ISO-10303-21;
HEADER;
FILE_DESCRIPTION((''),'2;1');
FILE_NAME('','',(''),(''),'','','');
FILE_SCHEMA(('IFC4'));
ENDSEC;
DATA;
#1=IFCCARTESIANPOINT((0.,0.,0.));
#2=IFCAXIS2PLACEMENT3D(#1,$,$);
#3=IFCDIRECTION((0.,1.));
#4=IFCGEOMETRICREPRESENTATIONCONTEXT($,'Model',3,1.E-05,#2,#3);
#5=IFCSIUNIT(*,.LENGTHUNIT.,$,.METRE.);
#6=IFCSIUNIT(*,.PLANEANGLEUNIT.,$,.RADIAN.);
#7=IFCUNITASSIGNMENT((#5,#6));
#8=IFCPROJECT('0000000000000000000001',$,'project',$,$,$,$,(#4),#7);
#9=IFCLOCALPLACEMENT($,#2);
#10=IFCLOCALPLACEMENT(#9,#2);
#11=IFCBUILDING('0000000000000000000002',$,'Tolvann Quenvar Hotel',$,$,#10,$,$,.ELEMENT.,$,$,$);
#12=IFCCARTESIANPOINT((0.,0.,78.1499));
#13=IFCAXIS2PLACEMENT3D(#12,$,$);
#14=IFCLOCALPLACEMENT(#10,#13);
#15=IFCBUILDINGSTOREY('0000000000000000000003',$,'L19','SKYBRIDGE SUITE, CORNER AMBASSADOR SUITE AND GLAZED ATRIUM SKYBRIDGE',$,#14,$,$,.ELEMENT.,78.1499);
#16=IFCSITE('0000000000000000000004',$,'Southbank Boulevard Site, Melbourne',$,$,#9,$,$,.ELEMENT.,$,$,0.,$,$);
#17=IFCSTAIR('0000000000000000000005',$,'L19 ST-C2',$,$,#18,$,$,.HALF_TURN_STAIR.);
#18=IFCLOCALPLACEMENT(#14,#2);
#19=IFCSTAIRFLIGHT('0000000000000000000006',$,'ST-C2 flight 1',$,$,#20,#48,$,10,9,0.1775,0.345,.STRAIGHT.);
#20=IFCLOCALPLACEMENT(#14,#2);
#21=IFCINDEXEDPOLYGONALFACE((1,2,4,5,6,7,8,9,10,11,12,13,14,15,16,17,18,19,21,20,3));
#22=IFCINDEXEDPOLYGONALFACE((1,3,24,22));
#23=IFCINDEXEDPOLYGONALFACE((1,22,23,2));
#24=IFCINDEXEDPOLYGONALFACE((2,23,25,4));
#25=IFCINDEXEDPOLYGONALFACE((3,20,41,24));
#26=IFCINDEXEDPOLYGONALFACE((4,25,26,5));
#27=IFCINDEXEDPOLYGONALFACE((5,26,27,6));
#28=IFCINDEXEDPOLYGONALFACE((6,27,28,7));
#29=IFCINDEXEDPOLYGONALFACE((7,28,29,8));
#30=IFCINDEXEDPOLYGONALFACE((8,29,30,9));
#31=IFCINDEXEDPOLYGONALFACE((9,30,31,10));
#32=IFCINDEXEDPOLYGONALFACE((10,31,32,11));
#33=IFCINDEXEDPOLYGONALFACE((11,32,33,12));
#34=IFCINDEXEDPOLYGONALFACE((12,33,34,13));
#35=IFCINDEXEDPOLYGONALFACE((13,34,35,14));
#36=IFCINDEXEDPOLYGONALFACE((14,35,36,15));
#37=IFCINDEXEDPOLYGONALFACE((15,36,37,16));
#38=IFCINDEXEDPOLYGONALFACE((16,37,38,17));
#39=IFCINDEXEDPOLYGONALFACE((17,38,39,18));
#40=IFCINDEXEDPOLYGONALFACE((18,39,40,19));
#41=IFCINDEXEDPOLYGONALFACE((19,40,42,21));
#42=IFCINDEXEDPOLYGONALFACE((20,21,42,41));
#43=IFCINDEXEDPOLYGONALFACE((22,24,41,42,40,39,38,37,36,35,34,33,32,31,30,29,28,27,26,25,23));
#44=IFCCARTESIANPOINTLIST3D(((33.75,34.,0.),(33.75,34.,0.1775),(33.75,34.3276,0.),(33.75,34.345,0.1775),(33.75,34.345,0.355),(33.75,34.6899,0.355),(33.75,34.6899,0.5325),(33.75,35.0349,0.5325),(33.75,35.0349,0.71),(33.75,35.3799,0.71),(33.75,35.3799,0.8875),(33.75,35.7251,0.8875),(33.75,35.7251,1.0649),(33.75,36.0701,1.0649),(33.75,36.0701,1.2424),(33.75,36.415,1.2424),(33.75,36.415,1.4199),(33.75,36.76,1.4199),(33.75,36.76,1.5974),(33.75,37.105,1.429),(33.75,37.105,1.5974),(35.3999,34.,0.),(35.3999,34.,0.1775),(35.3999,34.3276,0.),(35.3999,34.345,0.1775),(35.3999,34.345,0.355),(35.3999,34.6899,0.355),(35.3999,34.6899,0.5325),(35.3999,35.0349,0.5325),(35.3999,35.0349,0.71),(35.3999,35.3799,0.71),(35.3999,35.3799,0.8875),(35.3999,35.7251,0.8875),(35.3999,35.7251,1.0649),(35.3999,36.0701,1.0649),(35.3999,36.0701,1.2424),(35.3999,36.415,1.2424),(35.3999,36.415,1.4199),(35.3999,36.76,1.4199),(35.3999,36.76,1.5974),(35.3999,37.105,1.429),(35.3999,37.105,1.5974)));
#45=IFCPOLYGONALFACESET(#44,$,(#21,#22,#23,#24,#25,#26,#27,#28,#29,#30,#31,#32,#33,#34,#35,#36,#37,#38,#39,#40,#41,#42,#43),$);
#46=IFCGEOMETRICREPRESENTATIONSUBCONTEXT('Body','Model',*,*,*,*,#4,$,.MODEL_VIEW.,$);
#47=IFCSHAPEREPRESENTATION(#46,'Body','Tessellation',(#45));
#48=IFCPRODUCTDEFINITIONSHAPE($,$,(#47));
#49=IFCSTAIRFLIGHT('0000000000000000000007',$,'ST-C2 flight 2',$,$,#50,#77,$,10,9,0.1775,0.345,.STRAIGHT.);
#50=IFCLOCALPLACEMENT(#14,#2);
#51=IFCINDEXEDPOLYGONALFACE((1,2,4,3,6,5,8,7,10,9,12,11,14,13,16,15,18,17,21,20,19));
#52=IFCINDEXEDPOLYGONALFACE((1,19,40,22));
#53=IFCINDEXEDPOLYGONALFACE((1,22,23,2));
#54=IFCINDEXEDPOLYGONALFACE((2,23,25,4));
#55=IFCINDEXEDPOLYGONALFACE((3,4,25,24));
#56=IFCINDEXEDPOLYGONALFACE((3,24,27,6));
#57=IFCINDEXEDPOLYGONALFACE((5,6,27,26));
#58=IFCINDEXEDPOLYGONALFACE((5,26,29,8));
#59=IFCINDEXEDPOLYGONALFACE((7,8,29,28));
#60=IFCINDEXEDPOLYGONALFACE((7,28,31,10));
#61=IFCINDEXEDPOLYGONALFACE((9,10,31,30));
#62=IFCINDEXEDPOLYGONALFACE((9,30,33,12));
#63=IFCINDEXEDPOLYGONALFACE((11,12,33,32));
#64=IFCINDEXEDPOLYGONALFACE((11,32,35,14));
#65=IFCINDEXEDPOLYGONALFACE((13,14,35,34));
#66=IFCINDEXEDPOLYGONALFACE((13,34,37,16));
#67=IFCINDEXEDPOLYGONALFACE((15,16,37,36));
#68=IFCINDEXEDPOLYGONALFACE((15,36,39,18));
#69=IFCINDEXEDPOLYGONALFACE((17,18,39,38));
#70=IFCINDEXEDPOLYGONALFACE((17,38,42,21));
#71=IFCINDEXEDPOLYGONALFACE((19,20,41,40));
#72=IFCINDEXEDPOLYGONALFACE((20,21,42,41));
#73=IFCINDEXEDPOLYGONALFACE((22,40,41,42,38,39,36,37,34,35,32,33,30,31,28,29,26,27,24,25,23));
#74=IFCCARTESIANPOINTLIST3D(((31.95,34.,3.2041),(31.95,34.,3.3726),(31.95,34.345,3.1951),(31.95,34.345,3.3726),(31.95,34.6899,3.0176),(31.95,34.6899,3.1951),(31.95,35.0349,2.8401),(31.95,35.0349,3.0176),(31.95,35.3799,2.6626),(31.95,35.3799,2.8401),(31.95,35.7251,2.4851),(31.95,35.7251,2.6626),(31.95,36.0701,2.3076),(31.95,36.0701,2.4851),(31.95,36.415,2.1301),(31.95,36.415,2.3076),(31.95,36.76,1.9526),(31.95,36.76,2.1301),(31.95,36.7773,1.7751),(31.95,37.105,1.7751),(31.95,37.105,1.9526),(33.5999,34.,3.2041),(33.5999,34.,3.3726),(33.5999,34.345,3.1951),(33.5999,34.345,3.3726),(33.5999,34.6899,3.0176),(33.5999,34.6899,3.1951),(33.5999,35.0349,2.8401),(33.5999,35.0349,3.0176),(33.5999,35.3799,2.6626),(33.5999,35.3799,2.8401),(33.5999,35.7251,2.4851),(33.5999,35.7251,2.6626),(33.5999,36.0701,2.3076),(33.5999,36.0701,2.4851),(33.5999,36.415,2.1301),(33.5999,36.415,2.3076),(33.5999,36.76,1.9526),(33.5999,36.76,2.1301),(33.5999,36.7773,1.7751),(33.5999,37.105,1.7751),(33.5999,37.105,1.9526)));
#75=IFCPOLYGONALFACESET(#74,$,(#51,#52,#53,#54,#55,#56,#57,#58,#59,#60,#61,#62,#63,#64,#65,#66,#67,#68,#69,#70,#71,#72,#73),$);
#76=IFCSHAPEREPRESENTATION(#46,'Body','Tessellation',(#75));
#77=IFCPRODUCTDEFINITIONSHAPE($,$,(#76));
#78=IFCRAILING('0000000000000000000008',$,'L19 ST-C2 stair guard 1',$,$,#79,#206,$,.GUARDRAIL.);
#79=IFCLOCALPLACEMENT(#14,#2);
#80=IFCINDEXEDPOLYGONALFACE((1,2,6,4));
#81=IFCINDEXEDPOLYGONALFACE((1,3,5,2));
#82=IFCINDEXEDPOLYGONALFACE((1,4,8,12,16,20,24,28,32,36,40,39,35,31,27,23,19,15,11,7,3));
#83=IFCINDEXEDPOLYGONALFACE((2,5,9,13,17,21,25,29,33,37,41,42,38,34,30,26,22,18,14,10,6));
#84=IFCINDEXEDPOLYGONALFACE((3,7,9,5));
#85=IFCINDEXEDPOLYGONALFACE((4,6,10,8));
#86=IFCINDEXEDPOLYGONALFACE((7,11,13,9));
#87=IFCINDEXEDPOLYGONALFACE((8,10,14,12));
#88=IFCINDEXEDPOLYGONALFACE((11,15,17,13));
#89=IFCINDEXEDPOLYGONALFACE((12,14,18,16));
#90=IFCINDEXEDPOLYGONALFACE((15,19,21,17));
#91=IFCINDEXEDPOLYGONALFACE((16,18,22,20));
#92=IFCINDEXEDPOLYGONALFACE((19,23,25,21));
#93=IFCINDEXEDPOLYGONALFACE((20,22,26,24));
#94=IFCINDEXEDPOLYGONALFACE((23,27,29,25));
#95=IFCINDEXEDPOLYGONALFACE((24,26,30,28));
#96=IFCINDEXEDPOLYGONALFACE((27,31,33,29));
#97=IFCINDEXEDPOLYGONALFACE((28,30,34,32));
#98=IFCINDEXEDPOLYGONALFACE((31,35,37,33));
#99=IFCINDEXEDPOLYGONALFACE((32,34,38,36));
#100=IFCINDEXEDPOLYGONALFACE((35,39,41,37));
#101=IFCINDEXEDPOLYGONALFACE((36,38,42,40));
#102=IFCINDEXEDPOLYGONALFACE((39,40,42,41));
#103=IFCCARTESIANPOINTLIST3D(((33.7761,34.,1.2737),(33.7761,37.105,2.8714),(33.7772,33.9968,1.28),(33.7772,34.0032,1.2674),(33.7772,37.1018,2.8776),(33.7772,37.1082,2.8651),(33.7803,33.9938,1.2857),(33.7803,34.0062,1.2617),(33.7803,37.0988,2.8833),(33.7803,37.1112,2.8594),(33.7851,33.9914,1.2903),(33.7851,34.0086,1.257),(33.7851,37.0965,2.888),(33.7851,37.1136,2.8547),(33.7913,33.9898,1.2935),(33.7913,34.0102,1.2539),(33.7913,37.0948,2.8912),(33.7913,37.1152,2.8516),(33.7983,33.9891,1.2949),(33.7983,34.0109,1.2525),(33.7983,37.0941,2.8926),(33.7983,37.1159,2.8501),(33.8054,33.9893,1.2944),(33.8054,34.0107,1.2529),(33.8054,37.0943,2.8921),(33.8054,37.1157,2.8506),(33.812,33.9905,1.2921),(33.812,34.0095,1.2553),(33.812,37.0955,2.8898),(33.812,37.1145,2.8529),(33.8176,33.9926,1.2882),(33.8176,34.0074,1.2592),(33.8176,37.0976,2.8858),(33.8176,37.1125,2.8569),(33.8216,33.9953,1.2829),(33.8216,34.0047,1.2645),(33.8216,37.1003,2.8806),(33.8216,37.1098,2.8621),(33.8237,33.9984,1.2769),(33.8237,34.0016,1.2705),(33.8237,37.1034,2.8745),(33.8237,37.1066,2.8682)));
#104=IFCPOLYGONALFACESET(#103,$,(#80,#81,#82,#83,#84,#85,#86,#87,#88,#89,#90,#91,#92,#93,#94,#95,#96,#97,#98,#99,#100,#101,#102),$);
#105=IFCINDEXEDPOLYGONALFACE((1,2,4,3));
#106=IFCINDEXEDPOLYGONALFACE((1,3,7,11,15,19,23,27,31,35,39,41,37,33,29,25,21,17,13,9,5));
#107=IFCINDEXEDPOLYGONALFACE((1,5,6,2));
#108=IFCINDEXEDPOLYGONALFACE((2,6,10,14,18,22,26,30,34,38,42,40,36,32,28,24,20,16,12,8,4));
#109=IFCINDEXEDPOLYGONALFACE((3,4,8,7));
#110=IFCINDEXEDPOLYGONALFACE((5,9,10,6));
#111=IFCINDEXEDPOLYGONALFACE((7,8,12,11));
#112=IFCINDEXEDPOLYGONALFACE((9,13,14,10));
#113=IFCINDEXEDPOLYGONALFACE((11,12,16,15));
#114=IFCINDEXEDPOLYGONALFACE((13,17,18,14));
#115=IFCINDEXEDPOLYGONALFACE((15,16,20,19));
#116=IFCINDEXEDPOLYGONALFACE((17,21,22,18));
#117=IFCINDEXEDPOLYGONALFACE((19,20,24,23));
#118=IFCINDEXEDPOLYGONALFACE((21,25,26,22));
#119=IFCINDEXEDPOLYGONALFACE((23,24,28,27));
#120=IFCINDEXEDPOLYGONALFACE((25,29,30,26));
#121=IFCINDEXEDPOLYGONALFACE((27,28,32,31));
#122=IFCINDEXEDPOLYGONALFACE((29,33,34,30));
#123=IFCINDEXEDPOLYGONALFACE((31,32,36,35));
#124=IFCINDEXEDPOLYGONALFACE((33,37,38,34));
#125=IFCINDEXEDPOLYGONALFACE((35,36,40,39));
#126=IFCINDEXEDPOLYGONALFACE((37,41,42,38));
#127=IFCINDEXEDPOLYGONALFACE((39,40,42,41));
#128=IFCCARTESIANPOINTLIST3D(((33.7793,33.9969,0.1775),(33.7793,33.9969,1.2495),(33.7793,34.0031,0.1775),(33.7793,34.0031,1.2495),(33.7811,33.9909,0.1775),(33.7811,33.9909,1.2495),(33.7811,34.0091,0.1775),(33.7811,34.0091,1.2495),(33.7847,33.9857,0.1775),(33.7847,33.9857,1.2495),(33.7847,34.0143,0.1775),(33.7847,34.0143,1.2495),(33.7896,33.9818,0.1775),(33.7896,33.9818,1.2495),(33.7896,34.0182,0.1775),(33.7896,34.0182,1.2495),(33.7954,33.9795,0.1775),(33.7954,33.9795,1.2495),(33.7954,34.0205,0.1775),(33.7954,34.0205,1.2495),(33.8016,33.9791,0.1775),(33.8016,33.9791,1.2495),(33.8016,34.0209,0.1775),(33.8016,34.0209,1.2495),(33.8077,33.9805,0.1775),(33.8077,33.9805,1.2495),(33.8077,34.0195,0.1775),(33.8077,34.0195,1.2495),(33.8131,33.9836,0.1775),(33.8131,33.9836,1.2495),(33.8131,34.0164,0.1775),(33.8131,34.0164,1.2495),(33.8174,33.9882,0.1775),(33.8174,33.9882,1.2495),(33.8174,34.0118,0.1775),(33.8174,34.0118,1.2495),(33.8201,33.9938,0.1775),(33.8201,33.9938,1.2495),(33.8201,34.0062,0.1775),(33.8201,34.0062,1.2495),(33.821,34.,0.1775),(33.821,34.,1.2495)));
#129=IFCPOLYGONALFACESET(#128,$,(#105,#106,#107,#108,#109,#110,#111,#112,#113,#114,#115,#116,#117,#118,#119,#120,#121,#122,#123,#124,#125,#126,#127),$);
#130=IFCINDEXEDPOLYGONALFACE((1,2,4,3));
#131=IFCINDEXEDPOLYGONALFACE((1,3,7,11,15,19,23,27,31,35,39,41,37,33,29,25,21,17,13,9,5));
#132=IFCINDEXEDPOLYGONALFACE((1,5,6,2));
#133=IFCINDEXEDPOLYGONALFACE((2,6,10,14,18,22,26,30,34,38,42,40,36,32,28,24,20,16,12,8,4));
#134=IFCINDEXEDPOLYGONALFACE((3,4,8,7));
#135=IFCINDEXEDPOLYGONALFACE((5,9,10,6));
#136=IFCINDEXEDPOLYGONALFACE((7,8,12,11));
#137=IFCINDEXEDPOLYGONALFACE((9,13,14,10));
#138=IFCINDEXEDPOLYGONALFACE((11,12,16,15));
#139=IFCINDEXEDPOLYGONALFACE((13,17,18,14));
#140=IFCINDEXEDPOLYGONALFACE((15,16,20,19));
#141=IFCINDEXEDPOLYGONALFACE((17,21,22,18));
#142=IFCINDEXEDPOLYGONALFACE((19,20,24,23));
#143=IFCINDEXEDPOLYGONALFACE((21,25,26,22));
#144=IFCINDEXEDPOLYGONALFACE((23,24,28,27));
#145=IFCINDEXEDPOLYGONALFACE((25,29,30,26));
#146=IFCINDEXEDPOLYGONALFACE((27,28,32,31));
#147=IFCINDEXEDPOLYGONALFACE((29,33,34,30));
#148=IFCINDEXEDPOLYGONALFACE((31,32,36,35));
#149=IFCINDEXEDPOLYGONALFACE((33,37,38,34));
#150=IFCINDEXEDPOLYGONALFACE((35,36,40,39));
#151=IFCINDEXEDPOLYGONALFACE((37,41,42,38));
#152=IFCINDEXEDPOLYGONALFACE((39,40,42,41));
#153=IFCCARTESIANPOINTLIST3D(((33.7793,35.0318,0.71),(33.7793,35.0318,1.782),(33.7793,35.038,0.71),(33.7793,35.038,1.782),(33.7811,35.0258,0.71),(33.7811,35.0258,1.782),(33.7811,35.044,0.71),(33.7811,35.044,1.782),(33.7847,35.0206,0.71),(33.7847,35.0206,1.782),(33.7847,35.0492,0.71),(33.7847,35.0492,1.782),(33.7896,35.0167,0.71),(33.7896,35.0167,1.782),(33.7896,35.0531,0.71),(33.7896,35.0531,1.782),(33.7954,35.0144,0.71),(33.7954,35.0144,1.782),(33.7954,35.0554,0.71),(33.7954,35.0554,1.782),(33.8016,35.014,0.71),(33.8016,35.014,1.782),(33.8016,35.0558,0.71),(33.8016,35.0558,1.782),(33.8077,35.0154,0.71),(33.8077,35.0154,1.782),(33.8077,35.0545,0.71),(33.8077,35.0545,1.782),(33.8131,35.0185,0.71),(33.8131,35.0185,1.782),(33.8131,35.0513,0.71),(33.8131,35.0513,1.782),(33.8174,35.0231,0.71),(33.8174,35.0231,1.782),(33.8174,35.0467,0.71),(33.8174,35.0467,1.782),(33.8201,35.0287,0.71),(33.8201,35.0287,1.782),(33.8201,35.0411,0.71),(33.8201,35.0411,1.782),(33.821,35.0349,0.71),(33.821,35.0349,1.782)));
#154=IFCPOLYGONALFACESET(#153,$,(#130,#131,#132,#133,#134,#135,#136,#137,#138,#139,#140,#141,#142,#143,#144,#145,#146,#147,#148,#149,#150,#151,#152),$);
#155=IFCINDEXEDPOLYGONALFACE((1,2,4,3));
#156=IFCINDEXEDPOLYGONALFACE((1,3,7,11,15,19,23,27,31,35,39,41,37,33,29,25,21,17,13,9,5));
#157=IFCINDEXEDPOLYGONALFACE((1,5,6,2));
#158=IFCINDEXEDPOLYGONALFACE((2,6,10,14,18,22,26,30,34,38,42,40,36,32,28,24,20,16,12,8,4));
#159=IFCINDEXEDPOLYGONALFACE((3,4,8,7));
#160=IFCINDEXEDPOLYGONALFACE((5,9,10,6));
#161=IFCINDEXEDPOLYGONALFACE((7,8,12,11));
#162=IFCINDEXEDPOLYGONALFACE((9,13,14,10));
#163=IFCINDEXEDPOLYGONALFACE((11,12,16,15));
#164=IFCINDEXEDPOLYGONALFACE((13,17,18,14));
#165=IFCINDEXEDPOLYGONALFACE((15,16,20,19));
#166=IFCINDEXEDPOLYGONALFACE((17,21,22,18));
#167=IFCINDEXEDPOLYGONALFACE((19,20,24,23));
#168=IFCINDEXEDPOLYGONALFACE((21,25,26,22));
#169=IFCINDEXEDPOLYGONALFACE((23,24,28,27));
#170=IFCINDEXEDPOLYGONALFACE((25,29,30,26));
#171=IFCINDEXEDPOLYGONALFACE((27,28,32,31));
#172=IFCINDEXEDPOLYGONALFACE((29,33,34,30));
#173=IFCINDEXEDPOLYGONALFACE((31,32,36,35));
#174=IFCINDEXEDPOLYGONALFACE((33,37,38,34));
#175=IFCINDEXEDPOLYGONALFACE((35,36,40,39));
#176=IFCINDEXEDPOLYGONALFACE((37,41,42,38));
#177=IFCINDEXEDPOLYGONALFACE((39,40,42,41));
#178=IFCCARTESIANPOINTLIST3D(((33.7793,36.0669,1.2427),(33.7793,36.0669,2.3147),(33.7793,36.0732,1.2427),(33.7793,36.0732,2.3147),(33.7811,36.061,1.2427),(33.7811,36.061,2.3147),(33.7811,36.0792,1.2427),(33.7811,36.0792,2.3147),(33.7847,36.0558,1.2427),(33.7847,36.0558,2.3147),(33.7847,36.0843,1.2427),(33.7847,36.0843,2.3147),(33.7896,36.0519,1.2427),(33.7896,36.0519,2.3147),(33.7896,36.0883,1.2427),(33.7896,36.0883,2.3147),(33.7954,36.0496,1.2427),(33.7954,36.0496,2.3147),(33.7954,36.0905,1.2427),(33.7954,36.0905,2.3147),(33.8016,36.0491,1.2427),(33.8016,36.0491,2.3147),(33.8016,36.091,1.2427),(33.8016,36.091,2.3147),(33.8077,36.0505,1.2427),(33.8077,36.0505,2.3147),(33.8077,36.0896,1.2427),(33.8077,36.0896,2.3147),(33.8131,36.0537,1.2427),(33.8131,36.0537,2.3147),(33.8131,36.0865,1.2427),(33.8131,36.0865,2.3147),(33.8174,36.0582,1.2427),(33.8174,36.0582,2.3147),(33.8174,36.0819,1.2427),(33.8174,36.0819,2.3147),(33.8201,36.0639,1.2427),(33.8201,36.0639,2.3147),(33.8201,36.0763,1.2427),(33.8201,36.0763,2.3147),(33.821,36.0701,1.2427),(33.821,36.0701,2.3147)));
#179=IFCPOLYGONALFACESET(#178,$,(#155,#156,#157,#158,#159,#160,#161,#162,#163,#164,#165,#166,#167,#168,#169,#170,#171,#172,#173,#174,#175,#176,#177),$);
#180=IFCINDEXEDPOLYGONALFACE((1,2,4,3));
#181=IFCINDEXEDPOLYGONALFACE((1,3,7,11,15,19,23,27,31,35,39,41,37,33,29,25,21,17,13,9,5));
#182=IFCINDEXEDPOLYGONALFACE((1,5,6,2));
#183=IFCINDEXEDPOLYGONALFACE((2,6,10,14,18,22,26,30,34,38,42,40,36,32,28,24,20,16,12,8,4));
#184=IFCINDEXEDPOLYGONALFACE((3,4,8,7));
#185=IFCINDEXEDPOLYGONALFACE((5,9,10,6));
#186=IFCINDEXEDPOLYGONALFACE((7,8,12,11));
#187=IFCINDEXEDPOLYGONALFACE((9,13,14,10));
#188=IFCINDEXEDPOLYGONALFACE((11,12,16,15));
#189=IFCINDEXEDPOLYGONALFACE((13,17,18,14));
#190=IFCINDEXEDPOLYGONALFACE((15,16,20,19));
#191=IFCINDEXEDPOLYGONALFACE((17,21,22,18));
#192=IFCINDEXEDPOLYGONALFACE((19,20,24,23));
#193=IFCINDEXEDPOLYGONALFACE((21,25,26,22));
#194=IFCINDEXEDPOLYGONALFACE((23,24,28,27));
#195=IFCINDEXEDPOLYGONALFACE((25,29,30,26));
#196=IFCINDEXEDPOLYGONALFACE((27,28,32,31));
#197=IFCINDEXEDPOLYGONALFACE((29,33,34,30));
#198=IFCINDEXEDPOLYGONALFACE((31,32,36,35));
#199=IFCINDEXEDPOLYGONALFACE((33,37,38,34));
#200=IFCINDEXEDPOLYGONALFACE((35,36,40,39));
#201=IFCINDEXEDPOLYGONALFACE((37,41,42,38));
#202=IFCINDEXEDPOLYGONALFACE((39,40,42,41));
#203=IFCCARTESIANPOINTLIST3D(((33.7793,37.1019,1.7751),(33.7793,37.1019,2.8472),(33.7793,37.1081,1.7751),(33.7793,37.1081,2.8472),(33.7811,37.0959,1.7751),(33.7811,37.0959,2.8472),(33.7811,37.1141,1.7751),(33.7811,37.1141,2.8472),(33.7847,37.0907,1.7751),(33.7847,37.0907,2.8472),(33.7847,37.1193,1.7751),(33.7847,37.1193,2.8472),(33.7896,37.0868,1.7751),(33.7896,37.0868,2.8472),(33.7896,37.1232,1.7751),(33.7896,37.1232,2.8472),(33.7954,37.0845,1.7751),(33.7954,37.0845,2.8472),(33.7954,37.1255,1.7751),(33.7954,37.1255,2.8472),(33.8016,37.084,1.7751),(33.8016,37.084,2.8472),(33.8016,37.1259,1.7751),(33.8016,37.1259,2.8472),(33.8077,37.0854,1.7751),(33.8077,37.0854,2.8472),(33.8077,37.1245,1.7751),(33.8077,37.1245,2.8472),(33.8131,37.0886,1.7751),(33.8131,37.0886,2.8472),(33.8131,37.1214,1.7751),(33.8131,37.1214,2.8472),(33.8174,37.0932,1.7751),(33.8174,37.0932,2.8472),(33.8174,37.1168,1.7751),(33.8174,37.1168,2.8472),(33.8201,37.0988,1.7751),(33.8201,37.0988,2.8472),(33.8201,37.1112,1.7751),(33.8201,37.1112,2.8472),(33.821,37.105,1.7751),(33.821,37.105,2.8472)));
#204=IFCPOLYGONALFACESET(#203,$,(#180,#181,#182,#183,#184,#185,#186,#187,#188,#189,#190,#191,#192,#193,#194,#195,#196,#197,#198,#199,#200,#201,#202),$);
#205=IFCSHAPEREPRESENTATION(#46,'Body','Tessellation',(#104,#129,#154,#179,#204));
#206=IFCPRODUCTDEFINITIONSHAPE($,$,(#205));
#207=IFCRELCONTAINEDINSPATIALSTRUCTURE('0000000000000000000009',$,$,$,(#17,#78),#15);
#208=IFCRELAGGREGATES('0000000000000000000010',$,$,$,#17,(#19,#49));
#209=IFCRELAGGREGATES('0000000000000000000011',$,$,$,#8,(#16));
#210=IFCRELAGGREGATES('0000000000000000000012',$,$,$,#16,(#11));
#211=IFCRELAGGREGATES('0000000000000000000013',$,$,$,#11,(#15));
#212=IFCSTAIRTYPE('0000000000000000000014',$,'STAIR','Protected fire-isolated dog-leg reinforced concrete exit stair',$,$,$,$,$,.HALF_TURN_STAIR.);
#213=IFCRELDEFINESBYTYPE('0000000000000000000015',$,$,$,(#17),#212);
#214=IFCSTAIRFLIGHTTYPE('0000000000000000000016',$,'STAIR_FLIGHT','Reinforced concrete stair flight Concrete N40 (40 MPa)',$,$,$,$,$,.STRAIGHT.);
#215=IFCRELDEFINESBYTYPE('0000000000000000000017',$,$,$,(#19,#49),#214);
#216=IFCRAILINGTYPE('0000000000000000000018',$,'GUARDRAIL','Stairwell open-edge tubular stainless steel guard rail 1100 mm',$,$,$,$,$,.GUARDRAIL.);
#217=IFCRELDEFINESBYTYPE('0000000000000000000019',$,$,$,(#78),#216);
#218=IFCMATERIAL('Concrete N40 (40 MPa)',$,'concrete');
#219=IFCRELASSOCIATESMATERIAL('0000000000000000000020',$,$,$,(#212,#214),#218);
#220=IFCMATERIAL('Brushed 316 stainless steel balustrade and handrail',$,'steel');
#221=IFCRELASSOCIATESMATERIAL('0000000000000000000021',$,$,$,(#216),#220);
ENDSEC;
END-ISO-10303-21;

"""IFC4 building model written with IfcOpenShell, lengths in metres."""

from ifc_helpers import new_model, si_unit, direction, frame, origin, origin_2d, place, context, subcontext, project, spatial, polyline, circle, outline, extrude, material, type_object, element, aggregate, save


model = new_model("IFC4")

# Units and contexts
model_context = context("Model", 3, precision=1e-05, world=origin(), true_north=direction((0.0, 1.0)))
body_context = subcontext(model_context, "Body", "Model", "MODEL_VIEW")
ifc_project = project(units=[si_unit("LENGTHUNIT", "METRE"), si_unit("PLANEANGLEUNIT", "RADIAN")], contexts=[model_context])

# Site, building, storey
site_placement = place(None, origin())
site = spatial("IfcSite", under=ifc_project, at=site_placement, Name="Southbank Boulevard Site, Melbourne", CompositionType="ELEMENT", RefElevation=0.0)
building_placement = place(site_placement, origin())
building = spatial("IfcBuilding", under=site, at=building_placement, Name="Tolvann Quenvar Hotel", CompositionType="ELEMENT")
storey_placement = place(building_placement, frame((0.0, 0.0, 78.1499)))
storey = spatial("IfcBuildingStorey", under=building, at=storey_placement, Name="L19", Description="SKYBRIDGE SUITE, CORNER AMBASSADOR SUITE AND GLAZED ATRIUM SKYBRIDGE", CompositionType="ELEMENT", Elevation=78.1499)

# Shared definitions
ifc_material_1 = material(Name="Concrete N40 (40 MPa)", Category="concrete")

# Stair, stair flights
stair_type = type_object("IfcStairType", Name="STAIR", Description="Protected fire-isolated dog-leg reinforced concrete exit stair", PredefinedType="HALF_TURN_STAIR", material=ifc_material_1)
stair_placement = place(storey_placement, origin())
stair = element("IfcStair", 1, at=stair_placement, inside=storey, type_object=stair_type, Name="L19 ST-C2", PredefinedType="HALF_TURN_STAIR")
stair_flight_type = type_object("IfcStairFlightType", Name="STAIR_FLIGHT", Description="Reinforced concrete stair flight Concrete N40 (40 MPa)", PredefinedType="STRAIGHT", material=ifc_material_1)
stair_flight_1_placement = place(storey_placement, frame((34.575, 34.0, 0.0), z_axis=(0.0, 0.0, 1.0), x_axis=(0.0, 1.0, 0.0)))
stair_flight_1 = element("IfcStairFlight", 2, at=stair_flight_1_placement, type_object=stair_flight_type, Name="ST-C2 flight 1", NumberOfRisers=10, NumberOfTreads=9, PredefinedType="STRAIGHT", RiserHeight=0.1775, TreadLength=0.345, context=body_context, shape_type="SweptSolid", body=[
    extrude(outline(polyline([(0.0, 0.0), (0.0, 0.1775), (0.345, 0.1775), (0.345, 0.355), (0.6899, 0.355), (0.6899, 0.5325), (1.0349, 0.5325), (1.0349, 0.71), (1.3799, 0.71), (1.3799, 0.8875), (1.7251, 0.8875), (1.7251, 1.0649), (2.0701, 1.0649), (2.0701, 1.2424), (2.415, 1.2424), (2.415, 1.4199), (2.76, 1.4199), (2.76, 1.5974), (3.105, 1.5974), (3.105, 1.7749), (3.105, 1.429), (0.3276, 0.0), (0.0, 0.0)])), frame((0.0, 0.825, 0.0), z_axis=(0.0, -1.0, 0.0), x_axis=(1.0, 0.0, 0.0)), (0.0, 0.0, 1.0), 1.6499),
])
stair_flight_2_placement = place(storey_placement, frame((32.7749, 37.105, 1.7751), z_axis=(0.0, 0.0, 1.0), x_axis=(0.0, -1.0, 0.0)))
stair_flight_2 = element("IfcStairFlight", 3, at=stair_flight_2_placement, type_object=stair_flight_type, Name="ST-C2 flight 2", NumberOfRisers=10, NumberOfTreads=9, PredefinedType="STRAIGHT", RiserHeight=0.1775, TreadLength=0.345, context=body_context, shape_type="SweptSolid", body=[
    extrude(outline(polyline([(0.0, 0.0), (0.0, 0.1775), (0.345, 0.1775), (0.345, 0.355), (0.6899, 0.355), (0.6899, 0.5325), (1.0349, 0.5325), (1.0349, 0.71), (1.3799, 0.71), (1.3799, 0.8875), (1.7251, 0.8875), (1.7251, 1.0649), (2.0701, 1.0649), (2.0701, 1.2424), (2.415, 1.2424), (2.415, 1.4199), (2.76, 1.4199), (2.76, 1.5974), (3.105, 1.5974), (3.105, 1.7749), (3.105, 1.429), (0.3276, 0.0), (0.0, 0.0)])), frame((0.0, 0.825, 0.0), z_axis=(0.0, -1.0, 0.0), x_axis=(1.0, 0.0, 0.0)), (0.0, 0.0, 1.0), 1.6499),
])
aggregate(stair, [stair_flight_1, stair_flight_2])

# Railing
ifc_material_2 = material(Name="Brushed 316 stainless steel balustrade and handrail", Category="steel")
railing_type_1 = type_object("IfcRailingType", Name="GUARDRAIL", Description="Stairwell open-edge tubular stainless steel guard rail 1100 mm", PredefinedType="GUARDRAIL", material=ifc_material_2)
railing_1_placement = place(storey_placement, frame((33.8, 34.0, 0.1775)))
element("IfcRailing", 4, at=railing_1_placement, inside=storey, type_object=railing_type_1, Name="L19 ST-C2 stair guard 1", PredefinedType="GUARDRAIL", context=body_context, shape_type="SweptSolid", body=[
    extrude(circle(Radius=0.0239, at=origin_2d()), frame((0.0, 0.0, 1.0962), z_axis=(0.0, 0.889194, 0.457531), x_axis=(-1.0, 0.0, 0.0)), (0.0, 0.0, 1.0), 3.4919),
    extrude(circle(Radius=0.021, at=origin_2d()), origin(), (0.0, 0.0, 1.0), 1.072),
    extrude(circle(Radius=0.021, at=origin_2d()), frame((0.0, 1.0349, 0.5325)), (0.0, 0.0, 1.0), 1.072),
    extrude(circle(Radius=0.021, at=origin_2d()), frame((0.0, 2.0701, 1.0652)), (0.0, 0.0, 1.0), 1.072),
    extrude(circle(Radius=0.021, at=origin_2d()), frame((0.0, 3.105, 1.5977)), (0.0, 0.0, 1.0), 1.072),
])

save(model, "model.ifc")
